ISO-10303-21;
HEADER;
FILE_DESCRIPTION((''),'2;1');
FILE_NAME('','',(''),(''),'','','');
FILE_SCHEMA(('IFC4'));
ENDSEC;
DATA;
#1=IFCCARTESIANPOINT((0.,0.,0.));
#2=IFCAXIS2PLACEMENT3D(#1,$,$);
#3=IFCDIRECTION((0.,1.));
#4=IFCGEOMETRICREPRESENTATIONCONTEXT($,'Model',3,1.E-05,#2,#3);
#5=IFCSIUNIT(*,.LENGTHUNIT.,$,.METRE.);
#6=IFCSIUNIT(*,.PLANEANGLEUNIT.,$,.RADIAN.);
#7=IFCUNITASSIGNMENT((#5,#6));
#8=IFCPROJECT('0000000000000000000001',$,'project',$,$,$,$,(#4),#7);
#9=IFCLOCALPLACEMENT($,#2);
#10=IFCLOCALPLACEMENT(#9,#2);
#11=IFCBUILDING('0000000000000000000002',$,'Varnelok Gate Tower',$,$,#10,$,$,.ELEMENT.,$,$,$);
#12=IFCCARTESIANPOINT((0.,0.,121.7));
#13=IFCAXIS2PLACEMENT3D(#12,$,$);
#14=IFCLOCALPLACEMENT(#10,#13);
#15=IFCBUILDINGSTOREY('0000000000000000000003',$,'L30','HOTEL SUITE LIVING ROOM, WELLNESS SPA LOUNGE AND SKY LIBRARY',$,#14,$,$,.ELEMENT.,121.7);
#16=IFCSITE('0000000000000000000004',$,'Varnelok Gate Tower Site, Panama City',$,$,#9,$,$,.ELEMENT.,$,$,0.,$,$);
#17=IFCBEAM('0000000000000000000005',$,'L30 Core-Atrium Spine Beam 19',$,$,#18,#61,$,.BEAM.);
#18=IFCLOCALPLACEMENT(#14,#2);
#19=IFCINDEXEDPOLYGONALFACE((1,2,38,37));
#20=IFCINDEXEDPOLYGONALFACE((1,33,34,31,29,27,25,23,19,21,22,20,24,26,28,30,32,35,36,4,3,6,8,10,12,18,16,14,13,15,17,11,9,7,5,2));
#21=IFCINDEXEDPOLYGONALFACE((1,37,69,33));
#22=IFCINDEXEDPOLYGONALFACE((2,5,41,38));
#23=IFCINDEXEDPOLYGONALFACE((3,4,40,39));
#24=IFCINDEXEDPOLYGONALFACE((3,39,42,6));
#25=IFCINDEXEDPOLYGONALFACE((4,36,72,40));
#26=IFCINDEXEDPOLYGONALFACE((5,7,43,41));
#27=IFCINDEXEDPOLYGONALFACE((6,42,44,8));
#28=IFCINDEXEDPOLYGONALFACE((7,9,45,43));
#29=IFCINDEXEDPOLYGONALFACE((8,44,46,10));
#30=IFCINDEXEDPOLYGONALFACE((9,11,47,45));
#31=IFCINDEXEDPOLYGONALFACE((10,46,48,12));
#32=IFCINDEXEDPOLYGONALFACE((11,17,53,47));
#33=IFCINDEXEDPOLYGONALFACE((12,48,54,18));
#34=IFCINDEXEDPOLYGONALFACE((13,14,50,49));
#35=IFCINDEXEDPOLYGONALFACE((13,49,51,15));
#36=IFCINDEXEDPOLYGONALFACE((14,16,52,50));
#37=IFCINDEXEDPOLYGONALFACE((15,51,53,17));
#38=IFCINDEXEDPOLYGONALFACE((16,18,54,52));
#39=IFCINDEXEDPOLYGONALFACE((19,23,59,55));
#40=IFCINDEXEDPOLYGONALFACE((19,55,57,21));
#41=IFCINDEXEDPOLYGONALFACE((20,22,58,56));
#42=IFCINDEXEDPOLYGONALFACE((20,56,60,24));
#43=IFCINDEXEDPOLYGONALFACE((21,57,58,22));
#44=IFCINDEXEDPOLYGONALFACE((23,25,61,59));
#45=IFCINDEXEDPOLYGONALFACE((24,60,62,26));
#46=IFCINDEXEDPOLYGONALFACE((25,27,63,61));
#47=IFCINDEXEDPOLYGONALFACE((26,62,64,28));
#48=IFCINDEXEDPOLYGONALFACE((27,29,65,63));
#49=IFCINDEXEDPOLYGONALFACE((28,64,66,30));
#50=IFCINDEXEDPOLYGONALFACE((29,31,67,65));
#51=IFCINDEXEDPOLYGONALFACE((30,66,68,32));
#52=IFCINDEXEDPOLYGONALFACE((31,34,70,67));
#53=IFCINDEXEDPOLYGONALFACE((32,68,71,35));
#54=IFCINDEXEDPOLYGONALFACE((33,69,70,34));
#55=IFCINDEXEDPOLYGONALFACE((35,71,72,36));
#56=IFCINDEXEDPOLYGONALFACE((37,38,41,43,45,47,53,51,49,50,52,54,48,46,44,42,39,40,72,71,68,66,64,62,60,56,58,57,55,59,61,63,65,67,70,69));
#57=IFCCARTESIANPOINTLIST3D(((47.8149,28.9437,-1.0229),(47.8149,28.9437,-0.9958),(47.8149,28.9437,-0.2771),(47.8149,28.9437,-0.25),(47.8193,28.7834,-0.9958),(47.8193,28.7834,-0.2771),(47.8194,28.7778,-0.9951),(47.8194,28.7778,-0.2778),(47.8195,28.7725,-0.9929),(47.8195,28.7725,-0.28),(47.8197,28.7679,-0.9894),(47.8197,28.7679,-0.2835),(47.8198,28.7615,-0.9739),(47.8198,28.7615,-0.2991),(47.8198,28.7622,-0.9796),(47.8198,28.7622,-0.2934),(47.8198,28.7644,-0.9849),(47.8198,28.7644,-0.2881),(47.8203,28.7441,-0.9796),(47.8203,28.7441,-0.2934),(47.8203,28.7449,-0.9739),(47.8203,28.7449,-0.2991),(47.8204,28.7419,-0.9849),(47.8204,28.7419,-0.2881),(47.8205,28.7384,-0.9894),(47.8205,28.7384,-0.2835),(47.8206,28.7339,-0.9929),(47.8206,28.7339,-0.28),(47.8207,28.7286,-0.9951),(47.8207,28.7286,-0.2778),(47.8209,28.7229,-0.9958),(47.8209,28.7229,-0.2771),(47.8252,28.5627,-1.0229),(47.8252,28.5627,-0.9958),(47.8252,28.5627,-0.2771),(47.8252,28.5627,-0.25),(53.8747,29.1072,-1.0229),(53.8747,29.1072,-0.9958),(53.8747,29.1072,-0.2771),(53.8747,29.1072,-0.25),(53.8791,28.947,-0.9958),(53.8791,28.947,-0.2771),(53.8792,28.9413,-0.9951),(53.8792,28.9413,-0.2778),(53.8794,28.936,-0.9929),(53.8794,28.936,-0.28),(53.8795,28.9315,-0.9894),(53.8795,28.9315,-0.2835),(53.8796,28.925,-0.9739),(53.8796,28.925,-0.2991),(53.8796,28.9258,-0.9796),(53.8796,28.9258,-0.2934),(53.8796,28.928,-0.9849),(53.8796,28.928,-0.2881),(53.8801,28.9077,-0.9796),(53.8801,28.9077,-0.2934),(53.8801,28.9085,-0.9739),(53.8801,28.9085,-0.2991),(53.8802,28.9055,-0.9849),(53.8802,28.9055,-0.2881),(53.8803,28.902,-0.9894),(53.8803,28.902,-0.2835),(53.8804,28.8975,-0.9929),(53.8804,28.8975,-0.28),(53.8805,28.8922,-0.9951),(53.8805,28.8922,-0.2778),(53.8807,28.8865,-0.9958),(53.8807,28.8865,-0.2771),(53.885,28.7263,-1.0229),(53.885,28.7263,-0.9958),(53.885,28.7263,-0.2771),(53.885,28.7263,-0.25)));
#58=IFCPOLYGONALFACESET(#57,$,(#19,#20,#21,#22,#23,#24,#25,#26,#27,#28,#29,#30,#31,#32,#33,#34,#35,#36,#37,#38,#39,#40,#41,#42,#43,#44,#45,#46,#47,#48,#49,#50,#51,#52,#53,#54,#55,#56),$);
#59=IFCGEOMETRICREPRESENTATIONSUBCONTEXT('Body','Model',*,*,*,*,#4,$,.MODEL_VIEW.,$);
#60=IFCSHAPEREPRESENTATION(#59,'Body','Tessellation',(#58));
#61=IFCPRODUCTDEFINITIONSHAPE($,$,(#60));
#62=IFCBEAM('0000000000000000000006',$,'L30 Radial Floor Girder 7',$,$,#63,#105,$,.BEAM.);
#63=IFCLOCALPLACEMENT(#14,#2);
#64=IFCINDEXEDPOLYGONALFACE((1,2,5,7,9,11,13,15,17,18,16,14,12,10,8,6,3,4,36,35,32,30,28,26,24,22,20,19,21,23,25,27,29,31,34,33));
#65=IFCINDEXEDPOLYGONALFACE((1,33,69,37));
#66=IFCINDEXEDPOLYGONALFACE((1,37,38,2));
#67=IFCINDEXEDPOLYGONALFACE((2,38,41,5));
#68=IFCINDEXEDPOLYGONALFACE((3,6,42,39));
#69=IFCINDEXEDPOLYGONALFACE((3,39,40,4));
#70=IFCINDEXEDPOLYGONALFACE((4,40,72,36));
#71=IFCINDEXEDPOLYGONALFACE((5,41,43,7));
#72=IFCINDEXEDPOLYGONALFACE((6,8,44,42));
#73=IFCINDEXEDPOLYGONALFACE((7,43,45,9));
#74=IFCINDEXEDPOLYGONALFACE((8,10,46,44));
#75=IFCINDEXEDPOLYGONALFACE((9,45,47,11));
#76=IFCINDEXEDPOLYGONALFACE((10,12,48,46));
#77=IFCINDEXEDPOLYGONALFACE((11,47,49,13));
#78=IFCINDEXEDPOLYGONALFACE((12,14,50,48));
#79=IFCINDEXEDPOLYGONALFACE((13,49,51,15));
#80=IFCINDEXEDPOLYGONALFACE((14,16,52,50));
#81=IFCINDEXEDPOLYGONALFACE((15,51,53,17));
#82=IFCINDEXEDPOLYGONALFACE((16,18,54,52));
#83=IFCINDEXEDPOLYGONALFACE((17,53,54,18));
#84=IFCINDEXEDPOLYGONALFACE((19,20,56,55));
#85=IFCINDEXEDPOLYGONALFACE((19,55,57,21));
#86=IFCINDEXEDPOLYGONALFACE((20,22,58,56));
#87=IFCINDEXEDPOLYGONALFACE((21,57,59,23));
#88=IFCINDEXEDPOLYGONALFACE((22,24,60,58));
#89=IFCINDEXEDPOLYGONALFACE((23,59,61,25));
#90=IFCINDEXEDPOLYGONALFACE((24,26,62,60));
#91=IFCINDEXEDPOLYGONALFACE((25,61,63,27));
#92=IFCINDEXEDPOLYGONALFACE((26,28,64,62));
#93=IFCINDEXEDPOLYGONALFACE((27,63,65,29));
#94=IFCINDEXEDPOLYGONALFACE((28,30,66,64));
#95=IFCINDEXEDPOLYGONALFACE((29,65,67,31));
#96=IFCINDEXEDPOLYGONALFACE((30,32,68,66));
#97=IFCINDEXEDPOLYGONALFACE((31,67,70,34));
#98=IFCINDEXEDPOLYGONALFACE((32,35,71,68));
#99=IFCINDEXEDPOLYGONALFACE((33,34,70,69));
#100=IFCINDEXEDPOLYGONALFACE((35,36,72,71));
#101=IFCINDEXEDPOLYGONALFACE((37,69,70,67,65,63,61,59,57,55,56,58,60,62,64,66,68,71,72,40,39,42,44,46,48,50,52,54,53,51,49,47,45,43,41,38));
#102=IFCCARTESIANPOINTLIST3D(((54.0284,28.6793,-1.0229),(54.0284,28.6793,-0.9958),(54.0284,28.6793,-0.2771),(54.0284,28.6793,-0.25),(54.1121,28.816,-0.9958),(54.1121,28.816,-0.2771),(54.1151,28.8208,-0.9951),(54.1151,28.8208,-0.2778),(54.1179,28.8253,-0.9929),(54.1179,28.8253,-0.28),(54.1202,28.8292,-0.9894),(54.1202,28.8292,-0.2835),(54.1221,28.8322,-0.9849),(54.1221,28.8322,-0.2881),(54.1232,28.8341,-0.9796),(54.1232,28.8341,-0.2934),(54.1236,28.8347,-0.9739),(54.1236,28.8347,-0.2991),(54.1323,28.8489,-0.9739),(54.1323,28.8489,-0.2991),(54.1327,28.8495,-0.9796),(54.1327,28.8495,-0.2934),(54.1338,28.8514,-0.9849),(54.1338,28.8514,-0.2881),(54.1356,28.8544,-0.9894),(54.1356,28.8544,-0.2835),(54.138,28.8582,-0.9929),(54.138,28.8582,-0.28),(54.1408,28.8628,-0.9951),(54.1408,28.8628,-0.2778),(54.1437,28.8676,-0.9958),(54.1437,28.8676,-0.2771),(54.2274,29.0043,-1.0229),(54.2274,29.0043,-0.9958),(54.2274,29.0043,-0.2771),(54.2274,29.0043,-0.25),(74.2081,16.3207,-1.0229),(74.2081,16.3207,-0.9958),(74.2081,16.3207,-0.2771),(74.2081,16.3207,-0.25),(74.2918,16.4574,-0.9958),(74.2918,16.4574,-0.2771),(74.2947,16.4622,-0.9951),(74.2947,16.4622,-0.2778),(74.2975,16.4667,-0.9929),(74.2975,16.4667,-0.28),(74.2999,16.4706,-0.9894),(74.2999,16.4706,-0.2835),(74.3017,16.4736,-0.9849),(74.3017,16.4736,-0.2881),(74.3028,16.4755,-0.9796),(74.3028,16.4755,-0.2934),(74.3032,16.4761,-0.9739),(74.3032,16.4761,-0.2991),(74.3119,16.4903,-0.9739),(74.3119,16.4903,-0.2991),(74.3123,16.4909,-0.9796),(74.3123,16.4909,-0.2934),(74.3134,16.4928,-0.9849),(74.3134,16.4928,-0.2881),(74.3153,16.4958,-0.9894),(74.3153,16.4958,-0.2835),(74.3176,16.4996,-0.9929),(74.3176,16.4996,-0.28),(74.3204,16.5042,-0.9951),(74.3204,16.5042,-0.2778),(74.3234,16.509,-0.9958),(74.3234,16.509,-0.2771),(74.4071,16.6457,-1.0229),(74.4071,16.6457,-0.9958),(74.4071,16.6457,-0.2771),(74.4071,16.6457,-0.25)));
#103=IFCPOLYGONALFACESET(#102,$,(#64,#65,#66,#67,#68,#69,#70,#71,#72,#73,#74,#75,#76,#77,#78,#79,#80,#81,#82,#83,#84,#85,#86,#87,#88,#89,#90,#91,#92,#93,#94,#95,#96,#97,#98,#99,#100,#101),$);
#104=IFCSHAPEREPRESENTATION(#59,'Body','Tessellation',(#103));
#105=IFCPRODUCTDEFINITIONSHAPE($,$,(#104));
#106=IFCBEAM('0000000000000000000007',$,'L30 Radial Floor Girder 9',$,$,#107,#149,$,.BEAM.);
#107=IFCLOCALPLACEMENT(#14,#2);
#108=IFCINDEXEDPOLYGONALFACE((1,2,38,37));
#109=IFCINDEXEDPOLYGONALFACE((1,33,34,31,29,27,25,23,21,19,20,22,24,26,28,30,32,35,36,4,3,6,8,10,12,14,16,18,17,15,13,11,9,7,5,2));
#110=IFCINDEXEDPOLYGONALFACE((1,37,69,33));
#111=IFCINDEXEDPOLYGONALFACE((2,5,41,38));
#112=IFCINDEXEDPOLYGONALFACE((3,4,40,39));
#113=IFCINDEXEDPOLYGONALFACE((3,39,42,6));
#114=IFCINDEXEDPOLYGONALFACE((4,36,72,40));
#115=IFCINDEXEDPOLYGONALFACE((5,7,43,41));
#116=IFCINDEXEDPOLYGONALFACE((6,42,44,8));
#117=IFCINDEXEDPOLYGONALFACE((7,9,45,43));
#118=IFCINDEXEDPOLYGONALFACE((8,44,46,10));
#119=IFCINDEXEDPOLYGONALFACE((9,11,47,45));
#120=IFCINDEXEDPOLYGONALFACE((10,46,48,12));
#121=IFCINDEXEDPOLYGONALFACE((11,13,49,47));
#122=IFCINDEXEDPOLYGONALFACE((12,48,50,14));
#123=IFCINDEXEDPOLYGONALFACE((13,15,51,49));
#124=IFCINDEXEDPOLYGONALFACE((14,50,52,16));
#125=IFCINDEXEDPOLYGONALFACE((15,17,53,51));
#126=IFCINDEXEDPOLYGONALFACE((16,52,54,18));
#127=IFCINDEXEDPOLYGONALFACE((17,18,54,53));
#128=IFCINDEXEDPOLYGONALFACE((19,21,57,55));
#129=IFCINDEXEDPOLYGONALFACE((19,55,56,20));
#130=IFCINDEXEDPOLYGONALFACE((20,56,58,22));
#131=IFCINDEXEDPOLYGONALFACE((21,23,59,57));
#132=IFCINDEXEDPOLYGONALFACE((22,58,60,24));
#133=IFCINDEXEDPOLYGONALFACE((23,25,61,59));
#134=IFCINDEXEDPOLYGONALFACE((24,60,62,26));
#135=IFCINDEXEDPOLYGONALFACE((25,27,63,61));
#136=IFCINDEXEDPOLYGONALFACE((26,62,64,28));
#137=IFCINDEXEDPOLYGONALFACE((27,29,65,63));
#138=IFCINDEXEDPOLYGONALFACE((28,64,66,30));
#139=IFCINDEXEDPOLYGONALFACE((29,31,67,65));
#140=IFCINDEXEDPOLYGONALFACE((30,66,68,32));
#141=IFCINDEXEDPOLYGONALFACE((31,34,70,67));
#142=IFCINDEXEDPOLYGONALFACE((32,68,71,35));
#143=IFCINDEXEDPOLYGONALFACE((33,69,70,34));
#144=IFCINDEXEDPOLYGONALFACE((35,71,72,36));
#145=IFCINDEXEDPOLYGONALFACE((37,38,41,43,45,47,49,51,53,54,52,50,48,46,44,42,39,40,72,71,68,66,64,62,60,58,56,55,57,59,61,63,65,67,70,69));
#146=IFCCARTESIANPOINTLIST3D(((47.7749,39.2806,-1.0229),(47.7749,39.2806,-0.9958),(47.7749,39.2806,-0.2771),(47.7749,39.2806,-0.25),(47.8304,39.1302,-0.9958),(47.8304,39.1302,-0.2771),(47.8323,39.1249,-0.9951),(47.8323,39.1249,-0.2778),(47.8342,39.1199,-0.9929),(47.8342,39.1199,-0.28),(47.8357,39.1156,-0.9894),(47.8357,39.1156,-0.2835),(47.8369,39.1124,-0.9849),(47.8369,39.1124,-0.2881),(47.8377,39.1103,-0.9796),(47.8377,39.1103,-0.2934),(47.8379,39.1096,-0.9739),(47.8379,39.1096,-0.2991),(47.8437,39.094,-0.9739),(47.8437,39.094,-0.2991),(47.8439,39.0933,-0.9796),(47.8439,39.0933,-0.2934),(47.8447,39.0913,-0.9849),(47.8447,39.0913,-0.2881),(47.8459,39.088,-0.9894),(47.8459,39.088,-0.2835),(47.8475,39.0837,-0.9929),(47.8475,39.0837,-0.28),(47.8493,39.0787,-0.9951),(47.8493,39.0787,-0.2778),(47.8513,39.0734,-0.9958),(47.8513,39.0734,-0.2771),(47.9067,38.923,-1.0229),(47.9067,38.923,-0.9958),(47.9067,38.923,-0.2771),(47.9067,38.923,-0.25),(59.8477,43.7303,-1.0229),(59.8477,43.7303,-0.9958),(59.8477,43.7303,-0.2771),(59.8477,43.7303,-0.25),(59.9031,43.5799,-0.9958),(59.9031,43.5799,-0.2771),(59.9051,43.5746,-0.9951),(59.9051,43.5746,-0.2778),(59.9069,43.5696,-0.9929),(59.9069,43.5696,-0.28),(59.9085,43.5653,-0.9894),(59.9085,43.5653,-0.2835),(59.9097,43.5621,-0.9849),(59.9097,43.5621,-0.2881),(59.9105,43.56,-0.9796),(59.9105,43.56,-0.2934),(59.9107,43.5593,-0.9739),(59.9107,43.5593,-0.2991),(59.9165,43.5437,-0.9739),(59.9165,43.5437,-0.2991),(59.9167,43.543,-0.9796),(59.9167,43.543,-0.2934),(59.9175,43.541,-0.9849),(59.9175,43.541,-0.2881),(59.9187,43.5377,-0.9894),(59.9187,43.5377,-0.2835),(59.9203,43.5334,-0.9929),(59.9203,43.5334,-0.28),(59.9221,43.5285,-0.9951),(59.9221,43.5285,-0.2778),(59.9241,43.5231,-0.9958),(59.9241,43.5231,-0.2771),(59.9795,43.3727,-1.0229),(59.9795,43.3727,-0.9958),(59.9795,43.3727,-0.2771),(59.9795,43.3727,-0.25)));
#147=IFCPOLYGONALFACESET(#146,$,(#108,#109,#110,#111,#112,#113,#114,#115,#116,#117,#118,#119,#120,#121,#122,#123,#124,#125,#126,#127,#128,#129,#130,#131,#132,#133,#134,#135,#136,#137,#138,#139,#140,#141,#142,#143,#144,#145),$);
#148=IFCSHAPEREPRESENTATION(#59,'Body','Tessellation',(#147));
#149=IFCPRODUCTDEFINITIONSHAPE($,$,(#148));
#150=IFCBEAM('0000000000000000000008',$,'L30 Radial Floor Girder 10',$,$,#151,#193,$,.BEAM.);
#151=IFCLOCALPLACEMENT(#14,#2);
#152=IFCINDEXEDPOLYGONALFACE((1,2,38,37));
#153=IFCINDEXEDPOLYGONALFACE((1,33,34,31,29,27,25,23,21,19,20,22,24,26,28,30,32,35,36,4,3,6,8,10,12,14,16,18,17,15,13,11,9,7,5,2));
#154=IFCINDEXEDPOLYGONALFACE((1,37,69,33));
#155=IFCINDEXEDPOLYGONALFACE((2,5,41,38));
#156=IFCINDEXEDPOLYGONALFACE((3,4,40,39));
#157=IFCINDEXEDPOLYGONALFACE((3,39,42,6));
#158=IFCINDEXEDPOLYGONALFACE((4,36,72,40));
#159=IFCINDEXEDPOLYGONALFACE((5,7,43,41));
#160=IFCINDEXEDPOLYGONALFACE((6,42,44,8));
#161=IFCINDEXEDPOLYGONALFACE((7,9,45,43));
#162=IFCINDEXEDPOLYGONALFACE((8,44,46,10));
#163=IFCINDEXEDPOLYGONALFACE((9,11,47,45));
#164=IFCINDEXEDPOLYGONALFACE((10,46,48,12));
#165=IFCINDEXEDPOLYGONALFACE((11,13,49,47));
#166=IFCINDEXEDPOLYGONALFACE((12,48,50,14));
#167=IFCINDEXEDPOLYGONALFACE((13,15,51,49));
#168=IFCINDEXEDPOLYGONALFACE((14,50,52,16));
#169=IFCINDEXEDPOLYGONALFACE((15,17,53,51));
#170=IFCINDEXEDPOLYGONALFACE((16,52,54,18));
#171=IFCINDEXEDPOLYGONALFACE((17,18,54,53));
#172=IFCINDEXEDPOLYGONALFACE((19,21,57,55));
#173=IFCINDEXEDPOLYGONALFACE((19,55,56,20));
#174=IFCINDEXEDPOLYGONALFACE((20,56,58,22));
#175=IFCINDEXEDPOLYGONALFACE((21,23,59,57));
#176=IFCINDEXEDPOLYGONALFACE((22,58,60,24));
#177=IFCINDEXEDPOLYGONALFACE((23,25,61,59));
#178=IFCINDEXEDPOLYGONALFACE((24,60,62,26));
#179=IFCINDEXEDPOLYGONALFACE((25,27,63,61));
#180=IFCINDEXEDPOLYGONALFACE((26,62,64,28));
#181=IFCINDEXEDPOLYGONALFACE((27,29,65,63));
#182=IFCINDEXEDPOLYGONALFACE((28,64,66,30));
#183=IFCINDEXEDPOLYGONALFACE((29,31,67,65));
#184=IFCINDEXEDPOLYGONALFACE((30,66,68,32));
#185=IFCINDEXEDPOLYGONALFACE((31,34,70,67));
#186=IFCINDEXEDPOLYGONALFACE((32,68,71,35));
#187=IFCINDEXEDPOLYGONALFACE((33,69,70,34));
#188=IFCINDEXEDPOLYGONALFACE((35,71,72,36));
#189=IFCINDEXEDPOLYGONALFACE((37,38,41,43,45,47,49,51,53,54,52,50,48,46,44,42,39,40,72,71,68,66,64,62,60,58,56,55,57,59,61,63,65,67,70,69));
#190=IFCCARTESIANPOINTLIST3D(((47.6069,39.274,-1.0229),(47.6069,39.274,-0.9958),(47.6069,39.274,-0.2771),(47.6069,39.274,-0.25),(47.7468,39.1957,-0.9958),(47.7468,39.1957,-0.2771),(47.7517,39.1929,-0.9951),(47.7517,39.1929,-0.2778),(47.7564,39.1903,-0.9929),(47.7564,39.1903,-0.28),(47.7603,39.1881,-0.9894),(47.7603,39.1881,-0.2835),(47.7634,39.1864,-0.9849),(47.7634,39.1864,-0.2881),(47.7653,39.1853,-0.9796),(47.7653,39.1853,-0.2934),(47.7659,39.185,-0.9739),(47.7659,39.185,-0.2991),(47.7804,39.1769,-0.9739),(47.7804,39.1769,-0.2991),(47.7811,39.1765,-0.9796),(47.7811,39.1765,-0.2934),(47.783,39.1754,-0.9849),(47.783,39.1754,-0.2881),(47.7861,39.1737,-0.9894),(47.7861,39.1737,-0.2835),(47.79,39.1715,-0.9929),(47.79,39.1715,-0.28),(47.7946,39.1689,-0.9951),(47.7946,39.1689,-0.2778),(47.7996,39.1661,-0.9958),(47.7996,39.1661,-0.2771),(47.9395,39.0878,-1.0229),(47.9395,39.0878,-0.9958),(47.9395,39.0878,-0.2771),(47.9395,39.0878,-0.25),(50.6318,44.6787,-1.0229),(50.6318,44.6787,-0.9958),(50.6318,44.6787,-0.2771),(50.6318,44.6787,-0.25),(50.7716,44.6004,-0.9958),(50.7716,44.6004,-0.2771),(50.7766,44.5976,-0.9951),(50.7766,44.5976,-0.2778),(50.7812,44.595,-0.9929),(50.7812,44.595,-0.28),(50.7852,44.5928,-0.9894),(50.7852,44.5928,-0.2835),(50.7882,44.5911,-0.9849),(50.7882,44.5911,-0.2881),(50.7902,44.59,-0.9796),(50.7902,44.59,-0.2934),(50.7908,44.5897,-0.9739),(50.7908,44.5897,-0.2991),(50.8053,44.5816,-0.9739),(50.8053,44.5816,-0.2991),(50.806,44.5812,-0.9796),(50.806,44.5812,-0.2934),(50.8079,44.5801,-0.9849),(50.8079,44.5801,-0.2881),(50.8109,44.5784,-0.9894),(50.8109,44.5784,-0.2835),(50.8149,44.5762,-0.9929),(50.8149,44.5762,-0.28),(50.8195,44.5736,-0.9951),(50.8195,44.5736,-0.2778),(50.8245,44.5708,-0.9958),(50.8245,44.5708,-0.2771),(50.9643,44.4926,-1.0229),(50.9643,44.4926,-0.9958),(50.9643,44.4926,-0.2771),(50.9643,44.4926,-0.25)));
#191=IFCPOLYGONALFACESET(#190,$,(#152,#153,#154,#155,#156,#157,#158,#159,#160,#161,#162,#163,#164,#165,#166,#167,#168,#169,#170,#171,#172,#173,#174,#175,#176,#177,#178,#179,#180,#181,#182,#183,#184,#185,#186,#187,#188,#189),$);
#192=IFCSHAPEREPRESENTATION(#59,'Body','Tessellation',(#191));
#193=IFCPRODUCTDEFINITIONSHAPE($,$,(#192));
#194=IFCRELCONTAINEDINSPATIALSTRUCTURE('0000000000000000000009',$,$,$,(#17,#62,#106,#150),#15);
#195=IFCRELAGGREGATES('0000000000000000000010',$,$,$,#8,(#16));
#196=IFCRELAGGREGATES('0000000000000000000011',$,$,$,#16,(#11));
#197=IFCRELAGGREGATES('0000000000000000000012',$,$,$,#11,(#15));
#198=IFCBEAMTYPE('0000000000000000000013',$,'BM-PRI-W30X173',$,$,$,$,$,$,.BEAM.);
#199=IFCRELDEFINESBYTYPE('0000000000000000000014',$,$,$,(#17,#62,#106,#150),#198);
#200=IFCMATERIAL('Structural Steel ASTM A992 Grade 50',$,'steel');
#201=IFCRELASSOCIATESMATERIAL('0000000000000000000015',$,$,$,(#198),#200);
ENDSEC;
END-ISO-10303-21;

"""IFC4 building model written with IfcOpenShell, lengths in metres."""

from ifc_helpers import new_model, si_unit, direction, frame, origin, origin_2d, place, context, subcontext, project, spatial, i_section, extrude, material, material_profile, profile_set, type_object, element, save


model = new_model("IFC4")

# Units and contexts
model_context = context("Model", 3, precision=1e-05, world=origin(), true_north=direction((0.0, 1.0)))
body_context = subcontext(model_context, "Body", "Model", "MODEL_VIEW")
ifc_project = project(units=[si_unit("LENGTHUNIT", "METRE"), si_unit("PLANEANGLEUNIT", "RADIAN")], contexts=[model_context])

# Site, building, storey
site_placement = place(None, origin())
site = spatial("IfcSite", under=ifc_project, at=site_placement, Name="Varnelok Gate Tower Site, Panama City", CompositionType="ELEMENT", RefElevation=0.0)
building_placement = place(site_placement, origin())
building = spatial("IfcBuilding", under=site, at=building_placement, Name="Varnelok Gate Tower", CompositionType="ELEMENT")
storey_placement = place(building_placement, frame((0.0, 0.0, 121.7)))
storey = spatial("IfcBuildingStorey", under=building, at=storey_placement, Name="L30", Description="HOTEL SUITE LIVING ROOM, WELLNESS SPA LOUNGE AND SKY LIBRARY", CompositionType="ELEMENT", Elevation=121.7)

# Shared definitions
ifc_material_1 = material(Name="Structural Steel ASTM A992 Grade 50", Category="steel")

# Beams
ifc_material_profile_1 = material_profile(ifc_material_1, i_section(OverallWidth=0.3811, OverallDepth=0.7729, WebThickness=0.0166, FlangeThickness=0.0271, FilletRadius=0.022, at=origin_2d()), Name="W30X173")
ifc_profile_set_1 = profile_set([ifc_material_profile_1], Name="Structural Steel ASTM A992 Grade 50")
beam_type_1 = type_object("IfcBeamType", Name="BM-PRI-W30X173", PredefinedType="BEAM", material=ifc_profile_set_1)
beam_1_placement = place(storey_placement, frame((47.8201, 28.7532, -0.6365), z_axis=(0.999636, 0.026983, 0.0), x_axis=(-0.026983, 0.999636, 0.0)))
element("IfcBeam", 1, at=beam_1_placement, inside=storey, type_object=beam_type_1, Name="L30 Core-Atrium Spine Beam 19", PredefinedType="BEAM", context=body_context, shape_type="SweptSolid", body=[
    extrude(i_section(OverallWidth=0.3811, OverallDepth=0.7729, WebThickness=0.0166, FlangeThickness=0.0271, FilletRadius=0.022, at=origin_2d()), origin(), (0.0, 0.0, 1.0), 6.062),
])
beam_2_placement = place(storey_placement, frame((54.1279, 28.8418, -0.6365), z_axis=(0.852781, -0.522269, 0.0), x_axis=(0.522269, 0.852781, 0.0)))
element("IfcBeam", 2, at=beam_2_placement, inside=storey, type_object=beam_type_1, Name="L30 Radial Floor Girder 7", PredefinedType="BEAM", context=body_context, shape_type="SweptSolid", body=[
    extrude(i_section(OverallWidth=0.3811, OverallDepth=0.7729, WebThickness=0.0166, FlangeThickness=0.0271, FilletRadius=0.022, at=origin_2d()), origin(), (0.0, 0.0, 1.0), 23.6633),
])
beam_3_placement = place(storey_placement, frame((47.8408, 39.1018, -0.6365), z_axis=(0.938296, 0.345832, 0.0), x_axis=(-0.345832, 0.938296, 0.0)))
element("IfcBeam", 3, at=beam_3_placement, inside=storey, type_object=beam_type_1, Name="L30 Radial Floor Girder 9", PredefinedType="BEAM", context=body_context, shape_type="SweptSolid", body=[
    extrude(i_section(OverallWidth=0.3811, OverallDepth=0.7729, WebThickness=0.0166, FlangeThickness=0.0271, FilletRadius=0.022, at=origin_2d()), origin(), (0.0, 0.0, 1.0), 12.8667),
])
beam_4_placement = place(storey_placement, frame((47.7732, 39.1809, -0.6365), z_axis=(0.488385, 0.872628, 0.0), x_axis=(-0.872628, 0.488385, 0.0)))
element("IfcBeam", 4, at=beam_4_placement, inside=storey, type_object=beam_type_1, Name="L30 Radial Floor Girder 10", PredefinedType="BEAM", context=body_context, shape_type="SweptSolid", body=[
    extrude(i_section(OverallWidth=0.3811, OverallDepth=0.7729, WebThickness=0.0166, FlangeThickness=0.0271, FilletRadius=0.022, at=origin_2d()), origin(), (0.0, 0.0, 1.0), 6.1936),
])

save(model, "model.ifc")
